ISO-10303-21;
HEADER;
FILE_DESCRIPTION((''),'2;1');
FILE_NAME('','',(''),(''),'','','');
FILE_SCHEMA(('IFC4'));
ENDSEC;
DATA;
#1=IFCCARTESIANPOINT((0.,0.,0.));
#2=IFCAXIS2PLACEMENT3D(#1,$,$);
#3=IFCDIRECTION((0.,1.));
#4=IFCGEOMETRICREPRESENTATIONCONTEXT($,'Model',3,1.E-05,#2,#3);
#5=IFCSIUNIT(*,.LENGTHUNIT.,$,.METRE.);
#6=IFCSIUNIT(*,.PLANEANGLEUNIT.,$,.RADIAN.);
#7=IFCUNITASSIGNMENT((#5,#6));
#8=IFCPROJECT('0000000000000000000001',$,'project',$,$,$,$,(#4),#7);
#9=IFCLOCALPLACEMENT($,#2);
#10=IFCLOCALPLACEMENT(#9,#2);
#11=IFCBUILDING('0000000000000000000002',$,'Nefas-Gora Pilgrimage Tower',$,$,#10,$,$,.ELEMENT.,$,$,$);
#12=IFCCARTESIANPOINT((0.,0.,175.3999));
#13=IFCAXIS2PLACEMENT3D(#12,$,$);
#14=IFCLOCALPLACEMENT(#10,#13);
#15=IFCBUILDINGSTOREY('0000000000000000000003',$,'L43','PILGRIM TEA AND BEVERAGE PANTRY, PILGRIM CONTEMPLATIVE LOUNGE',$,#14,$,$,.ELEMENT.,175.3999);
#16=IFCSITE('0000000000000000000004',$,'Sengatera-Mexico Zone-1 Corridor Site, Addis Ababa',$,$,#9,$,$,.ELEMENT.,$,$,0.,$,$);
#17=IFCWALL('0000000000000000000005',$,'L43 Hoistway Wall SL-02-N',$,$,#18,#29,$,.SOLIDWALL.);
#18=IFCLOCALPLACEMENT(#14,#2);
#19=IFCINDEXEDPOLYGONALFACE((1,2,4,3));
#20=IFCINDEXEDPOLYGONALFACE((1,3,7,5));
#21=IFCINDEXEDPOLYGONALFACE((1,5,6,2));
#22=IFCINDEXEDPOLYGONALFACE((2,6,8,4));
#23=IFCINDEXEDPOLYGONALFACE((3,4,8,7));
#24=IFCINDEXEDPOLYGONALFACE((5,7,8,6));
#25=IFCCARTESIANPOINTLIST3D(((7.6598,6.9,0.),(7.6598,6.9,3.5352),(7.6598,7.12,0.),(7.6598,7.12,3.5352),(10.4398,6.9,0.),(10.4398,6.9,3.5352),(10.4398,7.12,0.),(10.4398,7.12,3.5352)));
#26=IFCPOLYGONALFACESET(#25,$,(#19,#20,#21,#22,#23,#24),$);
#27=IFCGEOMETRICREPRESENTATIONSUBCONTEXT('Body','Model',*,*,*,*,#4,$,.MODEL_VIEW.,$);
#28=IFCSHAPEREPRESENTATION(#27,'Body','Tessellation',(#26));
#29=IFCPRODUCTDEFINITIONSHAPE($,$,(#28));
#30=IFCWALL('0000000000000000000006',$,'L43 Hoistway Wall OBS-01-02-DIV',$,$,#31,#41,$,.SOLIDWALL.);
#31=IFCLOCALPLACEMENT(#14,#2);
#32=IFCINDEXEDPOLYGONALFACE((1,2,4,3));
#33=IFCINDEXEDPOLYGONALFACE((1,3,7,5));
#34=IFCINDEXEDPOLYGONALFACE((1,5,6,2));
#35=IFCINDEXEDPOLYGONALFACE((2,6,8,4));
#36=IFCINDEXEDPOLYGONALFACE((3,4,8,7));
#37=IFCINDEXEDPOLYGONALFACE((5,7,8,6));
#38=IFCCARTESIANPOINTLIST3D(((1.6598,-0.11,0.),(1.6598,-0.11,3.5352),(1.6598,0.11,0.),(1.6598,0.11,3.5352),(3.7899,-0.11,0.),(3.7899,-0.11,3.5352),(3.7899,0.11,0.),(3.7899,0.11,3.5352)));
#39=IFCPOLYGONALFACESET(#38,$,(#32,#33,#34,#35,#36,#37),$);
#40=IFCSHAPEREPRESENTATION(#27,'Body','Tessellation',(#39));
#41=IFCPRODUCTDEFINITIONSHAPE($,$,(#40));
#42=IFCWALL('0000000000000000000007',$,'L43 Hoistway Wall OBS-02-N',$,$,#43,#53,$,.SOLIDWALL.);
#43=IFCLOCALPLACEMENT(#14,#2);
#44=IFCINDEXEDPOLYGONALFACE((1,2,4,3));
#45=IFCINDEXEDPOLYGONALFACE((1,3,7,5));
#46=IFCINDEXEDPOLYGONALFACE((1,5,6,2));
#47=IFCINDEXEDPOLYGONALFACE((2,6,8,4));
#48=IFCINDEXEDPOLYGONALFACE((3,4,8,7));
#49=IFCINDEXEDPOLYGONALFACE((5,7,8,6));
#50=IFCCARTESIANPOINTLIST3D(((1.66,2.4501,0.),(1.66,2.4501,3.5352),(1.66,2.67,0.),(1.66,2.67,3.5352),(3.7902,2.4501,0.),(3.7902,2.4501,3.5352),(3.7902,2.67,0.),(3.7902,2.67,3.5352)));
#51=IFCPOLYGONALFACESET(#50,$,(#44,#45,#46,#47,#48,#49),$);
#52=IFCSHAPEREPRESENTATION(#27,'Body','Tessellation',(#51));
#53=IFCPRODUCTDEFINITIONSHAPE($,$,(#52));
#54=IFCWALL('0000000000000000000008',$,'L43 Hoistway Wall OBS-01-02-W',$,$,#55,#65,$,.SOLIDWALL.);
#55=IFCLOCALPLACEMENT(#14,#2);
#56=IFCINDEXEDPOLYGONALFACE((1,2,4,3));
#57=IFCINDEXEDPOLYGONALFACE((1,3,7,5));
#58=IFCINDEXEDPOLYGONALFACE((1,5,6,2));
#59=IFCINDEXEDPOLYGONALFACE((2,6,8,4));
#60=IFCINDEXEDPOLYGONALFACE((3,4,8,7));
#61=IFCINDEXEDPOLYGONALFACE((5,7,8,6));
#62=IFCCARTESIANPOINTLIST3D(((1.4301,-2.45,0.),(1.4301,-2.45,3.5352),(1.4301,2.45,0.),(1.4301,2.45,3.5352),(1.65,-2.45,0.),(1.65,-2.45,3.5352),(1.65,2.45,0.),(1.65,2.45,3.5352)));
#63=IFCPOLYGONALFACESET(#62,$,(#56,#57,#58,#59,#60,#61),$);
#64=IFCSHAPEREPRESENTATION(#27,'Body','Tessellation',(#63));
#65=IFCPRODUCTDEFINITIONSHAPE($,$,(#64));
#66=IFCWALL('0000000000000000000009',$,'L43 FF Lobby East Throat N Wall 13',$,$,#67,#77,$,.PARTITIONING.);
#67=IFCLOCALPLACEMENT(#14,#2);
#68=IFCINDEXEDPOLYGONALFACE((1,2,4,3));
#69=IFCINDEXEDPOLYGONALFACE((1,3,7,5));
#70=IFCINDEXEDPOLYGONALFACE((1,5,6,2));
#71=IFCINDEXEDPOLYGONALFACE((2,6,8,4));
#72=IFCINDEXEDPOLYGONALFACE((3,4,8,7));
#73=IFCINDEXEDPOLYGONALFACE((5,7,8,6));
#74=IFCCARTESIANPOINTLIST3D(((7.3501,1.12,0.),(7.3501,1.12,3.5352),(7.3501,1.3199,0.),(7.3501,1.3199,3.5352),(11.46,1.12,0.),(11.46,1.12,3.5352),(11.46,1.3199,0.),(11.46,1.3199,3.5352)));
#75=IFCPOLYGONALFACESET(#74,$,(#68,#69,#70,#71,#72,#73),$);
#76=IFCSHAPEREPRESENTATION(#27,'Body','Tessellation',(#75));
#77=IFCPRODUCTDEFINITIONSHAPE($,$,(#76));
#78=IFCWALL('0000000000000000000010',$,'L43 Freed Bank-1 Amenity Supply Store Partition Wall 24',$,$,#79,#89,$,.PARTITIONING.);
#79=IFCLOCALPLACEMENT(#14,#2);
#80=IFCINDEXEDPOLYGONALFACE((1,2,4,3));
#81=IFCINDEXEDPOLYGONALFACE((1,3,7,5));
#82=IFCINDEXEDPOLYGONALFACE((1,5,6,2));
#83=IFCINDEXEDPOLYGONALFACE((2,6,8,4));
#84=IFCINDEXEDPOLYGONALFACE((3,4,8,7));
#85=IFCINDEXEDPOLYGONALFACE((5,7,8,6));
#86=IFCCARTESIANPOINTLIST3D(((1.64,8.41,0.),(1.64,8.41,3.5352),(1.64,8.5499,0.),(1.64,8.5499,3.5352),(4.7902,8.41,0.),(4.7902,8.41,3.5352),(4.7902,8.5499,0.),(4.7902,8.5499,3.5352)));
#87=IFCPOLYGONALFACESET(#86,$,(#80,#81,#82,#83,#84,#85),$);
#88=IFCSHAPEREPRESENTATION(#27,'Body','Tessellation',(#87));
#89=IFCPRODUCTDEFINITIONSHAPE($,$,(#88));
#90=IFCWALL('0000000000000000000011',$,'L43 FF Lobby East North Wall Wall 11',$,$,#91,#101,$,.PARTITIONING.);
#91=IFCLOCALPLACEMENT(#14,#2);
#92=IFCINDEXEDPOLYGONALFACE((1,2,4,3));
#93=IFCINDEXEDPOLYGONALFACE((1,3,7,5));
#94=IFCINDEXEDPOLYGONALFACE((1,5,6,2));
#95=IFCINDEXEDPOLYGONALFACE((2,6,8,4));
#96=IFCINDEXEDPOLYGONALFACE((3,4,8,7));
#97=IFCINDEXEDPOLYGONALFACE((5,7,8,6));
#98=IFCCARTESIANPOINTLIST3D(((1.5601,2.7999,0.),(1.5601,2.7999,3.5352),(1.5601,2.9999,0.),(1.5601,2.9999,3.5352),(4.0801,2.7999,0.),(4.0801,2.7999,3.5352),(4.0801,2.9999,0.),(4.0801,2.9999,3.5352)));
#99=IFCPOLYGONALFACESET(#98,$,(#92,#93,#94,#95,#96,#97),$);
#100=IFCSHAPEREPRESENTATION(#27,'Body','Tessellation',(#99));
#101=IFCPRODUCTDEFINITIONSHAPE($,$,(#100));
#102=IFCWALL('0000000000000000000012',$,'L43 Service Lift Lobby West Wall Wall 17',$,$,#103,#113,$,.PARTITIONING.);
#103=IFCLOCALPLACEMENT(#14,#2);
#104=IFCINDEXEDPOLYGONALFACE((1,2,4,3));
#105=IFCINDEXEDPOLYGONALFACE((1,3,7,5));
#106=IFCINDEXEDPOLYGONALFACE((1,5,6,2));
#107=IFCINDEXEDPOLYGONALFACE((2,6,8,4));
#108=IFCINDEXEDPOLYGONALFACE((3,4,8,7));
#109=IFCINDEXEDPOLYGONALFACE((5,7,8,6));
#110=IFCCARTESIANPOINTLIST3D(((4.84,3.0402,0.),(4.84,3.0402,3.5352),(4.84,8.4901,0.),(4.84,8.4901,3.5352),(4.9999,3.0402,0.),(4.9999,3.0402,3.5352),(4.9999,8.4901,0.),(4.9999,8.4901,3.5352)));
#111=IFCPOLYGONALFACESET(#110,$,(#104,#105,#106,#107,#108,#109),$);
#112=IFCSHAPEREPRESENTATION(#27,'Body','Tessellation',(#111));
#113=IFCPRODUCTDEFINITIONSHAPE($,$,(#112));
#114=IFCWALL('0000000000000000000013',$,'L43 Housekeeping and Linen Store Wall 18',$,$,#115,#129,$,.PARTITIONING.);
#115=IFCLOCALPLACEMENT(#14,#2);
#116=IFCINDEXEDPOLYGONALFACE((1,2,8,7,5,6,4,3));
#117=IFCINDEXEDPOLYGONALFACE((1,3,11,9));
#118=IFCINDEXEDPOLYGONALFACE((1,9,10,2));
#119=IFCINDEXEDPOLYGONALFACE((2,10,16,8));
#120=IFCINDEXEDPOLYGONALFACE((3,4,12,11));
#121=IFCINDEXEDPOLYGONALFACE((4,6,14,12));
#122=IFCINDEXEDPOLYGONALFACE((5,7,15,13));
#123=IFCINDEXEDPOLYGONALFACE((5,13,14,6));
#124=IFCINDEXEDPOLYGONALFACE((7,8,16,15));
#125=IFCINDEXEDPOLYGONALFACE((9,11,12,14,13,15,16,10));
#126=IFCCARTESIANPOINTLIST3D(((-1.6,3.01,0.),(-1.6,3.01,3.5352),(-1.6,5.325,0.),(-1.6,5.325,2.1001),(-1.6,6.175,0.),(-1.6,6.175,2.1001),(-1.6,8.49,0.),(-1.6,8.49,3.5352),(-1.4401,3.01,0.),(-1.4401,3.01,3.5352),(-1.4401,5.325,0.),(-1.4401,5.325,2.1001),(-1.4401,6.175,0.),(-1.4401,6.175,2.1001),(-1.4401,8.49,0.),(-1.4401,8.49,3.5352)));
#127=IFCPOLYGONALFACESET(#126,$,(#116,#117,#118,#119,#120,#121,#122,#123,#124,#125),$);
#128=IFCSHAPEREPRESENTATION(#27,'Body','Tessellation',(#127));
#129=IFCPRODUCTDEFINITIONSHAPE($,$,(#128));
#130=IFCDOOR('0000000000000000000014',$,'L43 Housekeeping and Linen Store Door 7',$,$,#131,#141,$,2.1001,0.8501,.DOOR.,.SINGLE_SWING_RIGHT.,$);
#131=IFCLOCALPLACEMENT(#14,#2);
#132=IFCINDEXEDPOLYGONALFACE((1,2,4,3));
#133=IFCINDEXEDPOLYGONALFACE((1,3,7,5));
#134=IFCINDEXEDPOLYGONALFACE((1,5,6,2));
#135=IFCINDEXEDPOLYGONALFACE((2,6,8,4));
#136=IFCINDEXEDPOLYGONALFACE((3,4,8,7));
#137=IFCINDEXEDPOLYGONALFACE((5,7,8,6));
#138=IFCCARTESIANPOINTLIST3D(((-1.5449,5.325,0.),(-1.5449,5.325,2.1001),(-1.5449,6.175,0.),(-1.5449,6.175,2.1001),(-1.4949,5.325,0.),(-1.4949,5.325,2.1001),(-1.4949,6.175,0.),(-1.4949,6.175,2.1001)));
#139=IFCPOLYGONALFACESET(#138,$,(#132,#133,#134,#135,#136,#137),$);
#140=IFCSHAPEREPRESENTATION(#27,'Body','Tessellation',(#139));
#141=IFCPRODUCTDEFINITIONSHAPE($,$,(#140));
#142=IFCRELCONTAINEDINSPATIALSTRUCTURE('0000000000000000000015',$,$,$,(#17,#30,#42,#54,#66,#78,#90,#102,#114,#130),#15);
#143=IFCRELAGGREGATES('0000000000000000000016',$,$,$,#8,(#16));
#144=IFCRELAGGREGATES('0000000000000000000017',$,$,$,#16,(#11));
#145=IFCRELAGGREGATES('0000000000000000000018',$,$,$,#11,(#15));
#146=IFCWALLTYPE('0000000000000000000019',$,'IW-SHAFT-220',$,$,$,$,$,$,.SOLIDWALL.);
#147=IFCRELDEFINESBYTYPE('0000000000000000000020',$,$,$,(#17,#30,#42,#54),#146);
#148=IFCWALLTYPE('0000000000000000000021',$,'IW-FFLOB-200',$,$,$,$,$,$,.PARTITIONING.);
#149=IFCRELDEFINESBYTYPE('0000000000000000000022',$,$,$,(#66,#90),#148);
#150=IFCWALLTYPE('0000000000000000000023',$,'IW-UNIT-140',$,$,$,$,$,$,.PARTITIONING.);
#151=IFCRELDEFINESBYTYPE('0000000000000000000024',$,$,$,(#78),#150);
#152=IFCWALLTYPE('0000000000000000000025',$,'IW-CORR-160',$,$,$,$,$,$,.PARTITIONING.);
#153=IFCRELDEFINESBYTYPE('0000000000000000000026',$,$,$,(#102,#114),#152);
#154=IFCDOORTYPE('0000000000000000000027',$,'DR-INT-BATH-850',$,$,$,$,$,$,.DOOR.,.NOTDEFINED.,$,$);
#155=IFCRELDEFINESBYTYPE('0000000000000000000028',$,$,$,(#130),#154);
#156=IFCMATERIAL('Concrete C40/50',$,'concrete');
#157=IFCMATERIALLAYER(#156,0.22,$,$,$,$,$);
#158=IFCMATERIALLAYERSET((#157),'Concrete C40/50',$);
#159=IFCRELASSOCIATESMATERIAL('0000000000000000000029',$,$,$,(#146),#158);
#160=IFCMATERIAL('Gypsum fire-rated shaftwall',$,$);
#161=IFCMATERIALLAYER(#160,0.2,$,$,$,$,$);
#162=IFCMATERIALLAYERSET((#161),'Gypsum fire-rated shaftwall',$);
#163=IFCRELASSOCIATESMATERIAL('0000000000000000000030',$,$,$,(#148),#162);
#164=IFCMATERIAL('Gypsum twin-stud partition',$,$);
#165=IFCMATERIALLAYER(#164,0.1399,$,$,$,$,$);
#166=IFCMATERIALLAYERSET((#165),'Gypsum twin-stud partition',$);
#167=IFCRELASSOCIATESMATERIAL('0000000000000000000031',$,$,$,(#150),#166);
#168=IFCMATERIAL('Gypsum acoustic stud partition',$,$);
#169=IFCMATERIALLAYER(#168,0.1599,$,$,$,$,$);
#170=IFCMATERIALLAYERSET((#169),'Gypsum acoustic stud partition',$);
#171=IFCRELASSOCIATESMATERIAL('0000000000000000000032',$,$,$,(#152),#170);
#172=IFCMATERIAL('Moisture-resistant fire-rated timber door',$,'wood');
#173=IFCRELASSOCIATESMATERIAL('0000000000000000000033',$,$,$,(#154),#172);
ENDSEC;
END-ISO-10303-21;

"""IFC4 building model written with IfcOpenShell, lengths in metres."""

from ifc_helpers import new_model, si_unit, direction, frame, frame_2d, origin, place, context, subcontext, project, spatial, rectangle, extrude, source, transform, mapped, material, layer, layer_set, type_object, element, fill, save


model = new_model("IFC4")

# Units and contexts
model_context = context("Model", 3, precision=1e-05, world=origin(), true_north=direction((0.0, 1.0)))
body_context = subcontext(model_context, "Body", "Model", "MODEL_VIEW")
ifc_project = project(units=[si_unit("LENGTHUNIT", "METRE"), si_unit("PLANEANGLEUNIT", "RADIAN")], contexts=[model_context])

# Site, building, storey
site_placement = place(None, origin())
site = spatial("IfcSite", under=ifc_project, at=site_placement, Name="Sengatera-Mexico Zone-1 Corridor Site, Addis Ababa", CompositionType="ELEMENT", RefElevation=0.0)
building_placement = place(site_placement, origin())
building = spatial("IfcBuilding", under=site, at=building_placement, Name="Nefas-Gora Pilgrimage Tower", CompositionType="ELEMENT")
storey_placement = place(building_placement, frame((0.0, 0.0, 175.3999)))
storey = spatial("IfcBuildingStorey", under=building, at=storey_placement, Name="L43", Description="PILGRIM TEA AND BEVERAGE PANTRY, PILGRIM CONTEMPLATIVE LOUNGE", CompositionType="ELEMENT", Elevation=175.3999)

# Shared definitions
ifc_material_1 = material(Name="Concrete C40/50", Category="concrete")

# Shared definitions
ifc_layer_1 = layer(ifc_material_1, 0.22)
ifc_layer_set_1 = layer_set([ifc_layer_1], Name="Concrete C40/50")
wall_type_1 = type_object("IfcWallType", Name="IW-SHAFT-220", PredefinedType="SOLIDWALL", material=ifc_layer_set_1)

# Walls
shared_shape_1 = source(origin(), body_context, "Body", "SweptSolid", [
    extrude(rectangle(XDim=2.78, YDim=0.22, at=frame_2d((1.3901, 0.0))), origin(), (0.0, 0.0, 1.0), 3.5352),
])
for number, where, z_axis, x_axis, name in (
    (1, (10.4399, 7.01, 0.0), (0.0, 0.0, 1.0), (-1.0, 0.0, 0.0), "L43 Hoistway Wall SL-02-N"),
):
    element("IfcWall", number, at=place(storey_placement, frame(where, z_axis=z_axis, x_axis=x_axis)), inside=storey, type_object=wall_type_1, Name=name, PredefinedType="SOLIDWALL", context=body_context, shape_type="MappedRepresentation", body=[
        mapped(shared_shape_1, transform((0.0, 0.0, 0.0), x_axis=(1.0, 0.0, 0.0), y_axis=(0.0, 1.0, 0.0), z_axis=(0.0, 0.0, 1.0), scale=1.0)),
    ])
shared_shape_2 = source(origin(), body_context, "Body", "SweptSolid", [
    extrude(rectangle(XDim=2.1301, YDim=0.22, at=frame_2d((1.0649, 0.0))), origin(), (0.0, 0.0, 1.0), 3.5352),
])
for number, where, z_axis, x_axis, name in (
    (2, (1.6599, 0.0, 0.0), (0.0, 0.0, 1.0), (1.0, 0.0, 0.0), "L43 Hoistway Wall OBS-01-02-DIV"),
    (3, (3.79, 2.5601, 0.0), (0.0, 0.0, 1.0), (-1.0, 0.0, 0.0), "L43 Hoistway Wall OBS-02-N"),
):
    element("IfcWall", number, at=place(storey_placement, frame(where, z_axis=z_axis, x_axis=x_axis)), inside=storey, type_object=wall_type_1, Name=name, PredefinedType="SOLIDWALL", context=body_context, shape_type="MappedRepresentation", body=[
        mapped(shared_shape_2, transform((0.0, 0.0, 0.0), x_axis=(1.0, 0.0, 0.0), y_axis=(0.0, 1.0, 0.0), z_axis=(0.0, 0.0, 1.0), scale=1.0)),
    ])
shared_shape_3 = source(origin(), body_context, "Body", "SweptSolid", [
    extrude(rectangle(XDim=4.8999, YDim=0.22, at=frame_2d((2.45, 0.0))), origin(), (0.0, 0.0, 1.0), 3.5352),
])
wall_1_placement = place(storey_placement, frame((1.54, 2.45, 0.0), z_axis=(0.0, 0.0, 1.0), x_axis=(0.0, -1.0, 0.0)))
element("IfcWall", 4, at=wall_1_placement, inside=storey, type_object=wall_type_1, Name="L43 Hoistway Wall OBS-01-02-W", PredefinedType="SOLIDWALL", context=body_context, shape_type="MappedRepresentation", body=[
    mapped(shared_shape_3, transform((0.0, 0.0, 0.0), x_axis=(1.0, 0.0, 0.0), y_axis=(0.0, 1.0, 0.0), z_axis=(0.0, 0.0, 1.0), scale=1.0)),
])

# Shared definitions
ifc_material_2 = material(Name="Gypsum fire-rated shaftwall")
ifc_layer_2 = layer(ifc_material_2, 0.2)
ifc_layer_set_2 = layer_set([ifc_layer_2], Name="Gypsum fire-rated shaftwall")
wall_type_2 = type_object("IfcWallType", Name="IW-FFLOB-200", PredefinedType="PARTITIONING", material=ifc_layer_set_2)

# Walls
shared_shape_4 = source(origin(), body_context, "Body", "SweptSolid", [
    extrude(rectangle(XDim=4.1099, YDim=0.2, at=frame_2d((2.0549, 0.0))), origin(), (0.0, 0.0, 1.0), 3.5352),
])
wall_2_placement = place(storey_placement, frame((7.3501, 1.22, 0.0), z_axis=(0.0, 0.0, 1.0), x_axis=(1.0, 0.0, 0.0)))
element("IfcWall", 5, at=wall_2_placement, inside=storey, type_object=wall_type_2, Name="L43 FF Lobby East Throat N Wall 13", PredefinedType="PARTITIONING", context=body_context, shape_type="MappedRepresentation", body=[
    mapped(shared_shape_4, transform((0.0, 0.0, 0.0), x_axis=(1.0, 0.0, 0.0), y_axis=(0.0, 1.0, 0.0), z_axis=(0.0, 0.0, 1.0), scale=1.0)),
])
ifc_material_3 = material(Name="Gypsum twin-stud partition")
ifc_layer_3 = layer(ifc_material_3, 0.1399)
ifc_layer_set_3 = layer_set([ifc_layer_3], Name="Gypsum twin-stud partition")
wall_type_3 = type_object("IfcWallType", Name="IW-UNIT-140", PredefinedType="PARTITIONING", material=ifc_layer_set_3)
shared_shape_5 = source(origin(), body_context, "Body", "SweptSolid", [
    extrude(rectangle(XDim=3.1501, YDim=0.1399, at=frame_2d((1.5752, 0.0))), origin(), (0.0, 0.0, 1.0), 3.5352),
])
wall_3_placement = place(storey_placement, frame((1.6399, 8.48, 0.0), z_axis=(0.0, 0.0, 1.0), x_axis=(1.0, 0.0, 0.0)))
element("IfcWall", 6, at=wall_3_placement, inside=storey, type_object=wall_type_3, Name="L43 Freed Bank-1 Amenity Supply Store Partition Wall 24", PredefinedType="PARTITIONING", context=body_context, shape_type="MappedRepresentation", body=[
    mapped(shared_shape_5, transform((0.0, 0.0, 0.0), x_axis=(1.0, 0.0, 0.0), y_axis=(0.0, 1.0, 0.0), z_axis=(0.0, 0.0, 1.0), scale=1.0)),
])
shared_shape_6 = source(origin(), body_context, "Body", "SweptSolid", [
    extrude(rectangle(XDim=2.52, YDim=0.2, at=frame_2d((1.26, 0.0))), origin(), (0.0, 0.0, 1.0), 3.5352),
])
wall_4_placement = place(storey_placement, frame((1.5601, 2.8999, 0.0), z_axis=(0.0, 0.0, 1.0), x_axis=(1.0, 0.0, 0.0)))
element("IfcWall", 7, at=wall_4_placement, inside=storey, type_object=wall_type_2, Name="L43 FF Lobby East North Wall Wall 11", PredefinedType="PARTITIONING", context=body_context, shape_type="MappedRepresentation", body=[
    mapped(shared_shape_6, transform((0.0, 0.0, 0.0), x_axis=(1.0, 0.0, 0.0), y_axis=(0.0, 1.0, 0.0), z_axis=(0.0, 0.0, 1.0), scale=1.0)),
])
ifc_material_4 = material(Name="Gypsum acoustic stud partition")
ifc_layer_4 = layer(ifc_material_4, 0.1599)
ifc_layer_set_4 = layer_set([ifc_layer_4], Name="Gypsum acoustic stud partition")
wall_type_4 = type_object("IfcWallType", Name="IW-CORR-160", PredefinedType="PARTITIONING", material=ifc_layer_set_4)
shared_shape_7 = source(origin(), body_context, "Body", "SweptSolid", [
    extrude(rectangle(XDim=5.45, YDim=0.1599, at=frame_2d((2.7251, 0.0))), origin(), (0.0, 0.0, 1.0), 3.5352),
])
wall_5_placement = place(storey_placement, frame((4.9199, 3.04, 0.0), z_axis=(0.0, 0.0, 1.0), x_axis=(0.0, 1.0, 0.0)))
element("IfcWall", 8, at=wall_5_placement, inside=storey, type_object=wall_type_4, Name="L43 Service Lift Lobby West Wall Wall 17", PredefinedType="PARTITIONING", context=body_context, shape_type="MappedRepresentation", body=[
    mapped(shared_shape_7, transform((0.0, 0.0, 0.0), x_axis=(1.0, 0.0, 0.0), y_axis=(0.0, 1.0, 0.0), z_axis=(0.0, 0.0, 1.0), scale=1.0)),
])

# Wall, opening, door
shared_shape_8 = source(origin(), body_context, "Body", "SweptSolid", [
    extrude(rectangle(XDim=5.48, YDim=0.1599, at=frame_2d((2.74, 0.0))), origin(), (0.0, 0.0, 1.0), 3.5352),
])
wall_6_placement = place(storey_placement, frame((-1.52, 3.01, 0.0), z_axis=(0.0, 0.0, 1.0), x_axis=(0.0, 1.0, 0.0)))
wall_6 = element("IfcWall", 9, at=wall_6_placement, inside=storey, type_object=wall_type_4, Name="L43 Housekeeping and Linen Store Wall 18", PredefinedType="PARTITIONING", context=body_context, shape_type="MappedRepresentation", body=[
    mapped(shared_shape_8, transform((0.0, 0.0, 0.0), x_axis=(1.0, 0.0, 0.0), y_axis=(0.0, 1.0, 0.0), z_axis=(0.0, 0.0, 1.0), scale=1.0)),
])
opening_1_placement = place(wall_6_placement, frame((2.3149, 0.0, 0.0)))
opening_1 = element("IfcOpeningElement", 10, at=opening_1_placement, cuts=wall_6, PredefinedType="OPENING", context=body_context, shape_type="SweptSolid", body=[
    extrude(rectangle(XDim=0.8501, YDim=2.1001, at=frame_2d((0.425, 1.05))), frame((0.0, 0.0898, 0.0), z_axis=(0.0, -1.0, 0.0), x_axis=(1.0, 0.0, 0.0)), (0.0, 0.0, 1.0), 0.1799),
])
ifc_material_5 = material(Name="Moisture-resistant fire-rated timber door", Category="wood")
door_type_1 = type_object("IfcDoorType", Name="DR-INT-BATH-850", OperationType="NOTDEFINED", PredefinedType="DOOR", material=ifc_material_5)
shared_shape_9 = source(origin(), body_context, "Body", "SweptSolid", [
    extrude(rectangle(XDim=0.8501, YDim=2.1001, at=frame_2d((0.425, 1.05))), frame((0.0, 0.0249, 0.0), z_axis=(0.0, -1.0, 0.0), x_axis=(1.0, 0.0, 0.0)), (0.0, 0.0, 1.0), 0.05),
])
door_1_placement = place(opening_1_placement, origin())
door_1 = element("IfcDoor", 11, at=door_1_placement, inside=storey, type_object=door_type_1, Name="L43 Housekeeping and Linen Store Door 7", OperationType="SINGLE_SWING_RIGHT", OverallHeight=2.1001, OverallWidth=0.8501, PredefinedType="DOOR", context=body_context, shape_type="MappedRepresentation", body=[
    mapped(shared_shape_9, transform((0.0, 0.0, 0.0), x_axis=(1.0, 0.0, 0.0), y_axis=(0.0, 1.0, 0.0), z_axis=(0.0, 0.0, 1.0), scale=1.0)),
])
fill(opening_1, door_1)

save(model, "model.ifc")
